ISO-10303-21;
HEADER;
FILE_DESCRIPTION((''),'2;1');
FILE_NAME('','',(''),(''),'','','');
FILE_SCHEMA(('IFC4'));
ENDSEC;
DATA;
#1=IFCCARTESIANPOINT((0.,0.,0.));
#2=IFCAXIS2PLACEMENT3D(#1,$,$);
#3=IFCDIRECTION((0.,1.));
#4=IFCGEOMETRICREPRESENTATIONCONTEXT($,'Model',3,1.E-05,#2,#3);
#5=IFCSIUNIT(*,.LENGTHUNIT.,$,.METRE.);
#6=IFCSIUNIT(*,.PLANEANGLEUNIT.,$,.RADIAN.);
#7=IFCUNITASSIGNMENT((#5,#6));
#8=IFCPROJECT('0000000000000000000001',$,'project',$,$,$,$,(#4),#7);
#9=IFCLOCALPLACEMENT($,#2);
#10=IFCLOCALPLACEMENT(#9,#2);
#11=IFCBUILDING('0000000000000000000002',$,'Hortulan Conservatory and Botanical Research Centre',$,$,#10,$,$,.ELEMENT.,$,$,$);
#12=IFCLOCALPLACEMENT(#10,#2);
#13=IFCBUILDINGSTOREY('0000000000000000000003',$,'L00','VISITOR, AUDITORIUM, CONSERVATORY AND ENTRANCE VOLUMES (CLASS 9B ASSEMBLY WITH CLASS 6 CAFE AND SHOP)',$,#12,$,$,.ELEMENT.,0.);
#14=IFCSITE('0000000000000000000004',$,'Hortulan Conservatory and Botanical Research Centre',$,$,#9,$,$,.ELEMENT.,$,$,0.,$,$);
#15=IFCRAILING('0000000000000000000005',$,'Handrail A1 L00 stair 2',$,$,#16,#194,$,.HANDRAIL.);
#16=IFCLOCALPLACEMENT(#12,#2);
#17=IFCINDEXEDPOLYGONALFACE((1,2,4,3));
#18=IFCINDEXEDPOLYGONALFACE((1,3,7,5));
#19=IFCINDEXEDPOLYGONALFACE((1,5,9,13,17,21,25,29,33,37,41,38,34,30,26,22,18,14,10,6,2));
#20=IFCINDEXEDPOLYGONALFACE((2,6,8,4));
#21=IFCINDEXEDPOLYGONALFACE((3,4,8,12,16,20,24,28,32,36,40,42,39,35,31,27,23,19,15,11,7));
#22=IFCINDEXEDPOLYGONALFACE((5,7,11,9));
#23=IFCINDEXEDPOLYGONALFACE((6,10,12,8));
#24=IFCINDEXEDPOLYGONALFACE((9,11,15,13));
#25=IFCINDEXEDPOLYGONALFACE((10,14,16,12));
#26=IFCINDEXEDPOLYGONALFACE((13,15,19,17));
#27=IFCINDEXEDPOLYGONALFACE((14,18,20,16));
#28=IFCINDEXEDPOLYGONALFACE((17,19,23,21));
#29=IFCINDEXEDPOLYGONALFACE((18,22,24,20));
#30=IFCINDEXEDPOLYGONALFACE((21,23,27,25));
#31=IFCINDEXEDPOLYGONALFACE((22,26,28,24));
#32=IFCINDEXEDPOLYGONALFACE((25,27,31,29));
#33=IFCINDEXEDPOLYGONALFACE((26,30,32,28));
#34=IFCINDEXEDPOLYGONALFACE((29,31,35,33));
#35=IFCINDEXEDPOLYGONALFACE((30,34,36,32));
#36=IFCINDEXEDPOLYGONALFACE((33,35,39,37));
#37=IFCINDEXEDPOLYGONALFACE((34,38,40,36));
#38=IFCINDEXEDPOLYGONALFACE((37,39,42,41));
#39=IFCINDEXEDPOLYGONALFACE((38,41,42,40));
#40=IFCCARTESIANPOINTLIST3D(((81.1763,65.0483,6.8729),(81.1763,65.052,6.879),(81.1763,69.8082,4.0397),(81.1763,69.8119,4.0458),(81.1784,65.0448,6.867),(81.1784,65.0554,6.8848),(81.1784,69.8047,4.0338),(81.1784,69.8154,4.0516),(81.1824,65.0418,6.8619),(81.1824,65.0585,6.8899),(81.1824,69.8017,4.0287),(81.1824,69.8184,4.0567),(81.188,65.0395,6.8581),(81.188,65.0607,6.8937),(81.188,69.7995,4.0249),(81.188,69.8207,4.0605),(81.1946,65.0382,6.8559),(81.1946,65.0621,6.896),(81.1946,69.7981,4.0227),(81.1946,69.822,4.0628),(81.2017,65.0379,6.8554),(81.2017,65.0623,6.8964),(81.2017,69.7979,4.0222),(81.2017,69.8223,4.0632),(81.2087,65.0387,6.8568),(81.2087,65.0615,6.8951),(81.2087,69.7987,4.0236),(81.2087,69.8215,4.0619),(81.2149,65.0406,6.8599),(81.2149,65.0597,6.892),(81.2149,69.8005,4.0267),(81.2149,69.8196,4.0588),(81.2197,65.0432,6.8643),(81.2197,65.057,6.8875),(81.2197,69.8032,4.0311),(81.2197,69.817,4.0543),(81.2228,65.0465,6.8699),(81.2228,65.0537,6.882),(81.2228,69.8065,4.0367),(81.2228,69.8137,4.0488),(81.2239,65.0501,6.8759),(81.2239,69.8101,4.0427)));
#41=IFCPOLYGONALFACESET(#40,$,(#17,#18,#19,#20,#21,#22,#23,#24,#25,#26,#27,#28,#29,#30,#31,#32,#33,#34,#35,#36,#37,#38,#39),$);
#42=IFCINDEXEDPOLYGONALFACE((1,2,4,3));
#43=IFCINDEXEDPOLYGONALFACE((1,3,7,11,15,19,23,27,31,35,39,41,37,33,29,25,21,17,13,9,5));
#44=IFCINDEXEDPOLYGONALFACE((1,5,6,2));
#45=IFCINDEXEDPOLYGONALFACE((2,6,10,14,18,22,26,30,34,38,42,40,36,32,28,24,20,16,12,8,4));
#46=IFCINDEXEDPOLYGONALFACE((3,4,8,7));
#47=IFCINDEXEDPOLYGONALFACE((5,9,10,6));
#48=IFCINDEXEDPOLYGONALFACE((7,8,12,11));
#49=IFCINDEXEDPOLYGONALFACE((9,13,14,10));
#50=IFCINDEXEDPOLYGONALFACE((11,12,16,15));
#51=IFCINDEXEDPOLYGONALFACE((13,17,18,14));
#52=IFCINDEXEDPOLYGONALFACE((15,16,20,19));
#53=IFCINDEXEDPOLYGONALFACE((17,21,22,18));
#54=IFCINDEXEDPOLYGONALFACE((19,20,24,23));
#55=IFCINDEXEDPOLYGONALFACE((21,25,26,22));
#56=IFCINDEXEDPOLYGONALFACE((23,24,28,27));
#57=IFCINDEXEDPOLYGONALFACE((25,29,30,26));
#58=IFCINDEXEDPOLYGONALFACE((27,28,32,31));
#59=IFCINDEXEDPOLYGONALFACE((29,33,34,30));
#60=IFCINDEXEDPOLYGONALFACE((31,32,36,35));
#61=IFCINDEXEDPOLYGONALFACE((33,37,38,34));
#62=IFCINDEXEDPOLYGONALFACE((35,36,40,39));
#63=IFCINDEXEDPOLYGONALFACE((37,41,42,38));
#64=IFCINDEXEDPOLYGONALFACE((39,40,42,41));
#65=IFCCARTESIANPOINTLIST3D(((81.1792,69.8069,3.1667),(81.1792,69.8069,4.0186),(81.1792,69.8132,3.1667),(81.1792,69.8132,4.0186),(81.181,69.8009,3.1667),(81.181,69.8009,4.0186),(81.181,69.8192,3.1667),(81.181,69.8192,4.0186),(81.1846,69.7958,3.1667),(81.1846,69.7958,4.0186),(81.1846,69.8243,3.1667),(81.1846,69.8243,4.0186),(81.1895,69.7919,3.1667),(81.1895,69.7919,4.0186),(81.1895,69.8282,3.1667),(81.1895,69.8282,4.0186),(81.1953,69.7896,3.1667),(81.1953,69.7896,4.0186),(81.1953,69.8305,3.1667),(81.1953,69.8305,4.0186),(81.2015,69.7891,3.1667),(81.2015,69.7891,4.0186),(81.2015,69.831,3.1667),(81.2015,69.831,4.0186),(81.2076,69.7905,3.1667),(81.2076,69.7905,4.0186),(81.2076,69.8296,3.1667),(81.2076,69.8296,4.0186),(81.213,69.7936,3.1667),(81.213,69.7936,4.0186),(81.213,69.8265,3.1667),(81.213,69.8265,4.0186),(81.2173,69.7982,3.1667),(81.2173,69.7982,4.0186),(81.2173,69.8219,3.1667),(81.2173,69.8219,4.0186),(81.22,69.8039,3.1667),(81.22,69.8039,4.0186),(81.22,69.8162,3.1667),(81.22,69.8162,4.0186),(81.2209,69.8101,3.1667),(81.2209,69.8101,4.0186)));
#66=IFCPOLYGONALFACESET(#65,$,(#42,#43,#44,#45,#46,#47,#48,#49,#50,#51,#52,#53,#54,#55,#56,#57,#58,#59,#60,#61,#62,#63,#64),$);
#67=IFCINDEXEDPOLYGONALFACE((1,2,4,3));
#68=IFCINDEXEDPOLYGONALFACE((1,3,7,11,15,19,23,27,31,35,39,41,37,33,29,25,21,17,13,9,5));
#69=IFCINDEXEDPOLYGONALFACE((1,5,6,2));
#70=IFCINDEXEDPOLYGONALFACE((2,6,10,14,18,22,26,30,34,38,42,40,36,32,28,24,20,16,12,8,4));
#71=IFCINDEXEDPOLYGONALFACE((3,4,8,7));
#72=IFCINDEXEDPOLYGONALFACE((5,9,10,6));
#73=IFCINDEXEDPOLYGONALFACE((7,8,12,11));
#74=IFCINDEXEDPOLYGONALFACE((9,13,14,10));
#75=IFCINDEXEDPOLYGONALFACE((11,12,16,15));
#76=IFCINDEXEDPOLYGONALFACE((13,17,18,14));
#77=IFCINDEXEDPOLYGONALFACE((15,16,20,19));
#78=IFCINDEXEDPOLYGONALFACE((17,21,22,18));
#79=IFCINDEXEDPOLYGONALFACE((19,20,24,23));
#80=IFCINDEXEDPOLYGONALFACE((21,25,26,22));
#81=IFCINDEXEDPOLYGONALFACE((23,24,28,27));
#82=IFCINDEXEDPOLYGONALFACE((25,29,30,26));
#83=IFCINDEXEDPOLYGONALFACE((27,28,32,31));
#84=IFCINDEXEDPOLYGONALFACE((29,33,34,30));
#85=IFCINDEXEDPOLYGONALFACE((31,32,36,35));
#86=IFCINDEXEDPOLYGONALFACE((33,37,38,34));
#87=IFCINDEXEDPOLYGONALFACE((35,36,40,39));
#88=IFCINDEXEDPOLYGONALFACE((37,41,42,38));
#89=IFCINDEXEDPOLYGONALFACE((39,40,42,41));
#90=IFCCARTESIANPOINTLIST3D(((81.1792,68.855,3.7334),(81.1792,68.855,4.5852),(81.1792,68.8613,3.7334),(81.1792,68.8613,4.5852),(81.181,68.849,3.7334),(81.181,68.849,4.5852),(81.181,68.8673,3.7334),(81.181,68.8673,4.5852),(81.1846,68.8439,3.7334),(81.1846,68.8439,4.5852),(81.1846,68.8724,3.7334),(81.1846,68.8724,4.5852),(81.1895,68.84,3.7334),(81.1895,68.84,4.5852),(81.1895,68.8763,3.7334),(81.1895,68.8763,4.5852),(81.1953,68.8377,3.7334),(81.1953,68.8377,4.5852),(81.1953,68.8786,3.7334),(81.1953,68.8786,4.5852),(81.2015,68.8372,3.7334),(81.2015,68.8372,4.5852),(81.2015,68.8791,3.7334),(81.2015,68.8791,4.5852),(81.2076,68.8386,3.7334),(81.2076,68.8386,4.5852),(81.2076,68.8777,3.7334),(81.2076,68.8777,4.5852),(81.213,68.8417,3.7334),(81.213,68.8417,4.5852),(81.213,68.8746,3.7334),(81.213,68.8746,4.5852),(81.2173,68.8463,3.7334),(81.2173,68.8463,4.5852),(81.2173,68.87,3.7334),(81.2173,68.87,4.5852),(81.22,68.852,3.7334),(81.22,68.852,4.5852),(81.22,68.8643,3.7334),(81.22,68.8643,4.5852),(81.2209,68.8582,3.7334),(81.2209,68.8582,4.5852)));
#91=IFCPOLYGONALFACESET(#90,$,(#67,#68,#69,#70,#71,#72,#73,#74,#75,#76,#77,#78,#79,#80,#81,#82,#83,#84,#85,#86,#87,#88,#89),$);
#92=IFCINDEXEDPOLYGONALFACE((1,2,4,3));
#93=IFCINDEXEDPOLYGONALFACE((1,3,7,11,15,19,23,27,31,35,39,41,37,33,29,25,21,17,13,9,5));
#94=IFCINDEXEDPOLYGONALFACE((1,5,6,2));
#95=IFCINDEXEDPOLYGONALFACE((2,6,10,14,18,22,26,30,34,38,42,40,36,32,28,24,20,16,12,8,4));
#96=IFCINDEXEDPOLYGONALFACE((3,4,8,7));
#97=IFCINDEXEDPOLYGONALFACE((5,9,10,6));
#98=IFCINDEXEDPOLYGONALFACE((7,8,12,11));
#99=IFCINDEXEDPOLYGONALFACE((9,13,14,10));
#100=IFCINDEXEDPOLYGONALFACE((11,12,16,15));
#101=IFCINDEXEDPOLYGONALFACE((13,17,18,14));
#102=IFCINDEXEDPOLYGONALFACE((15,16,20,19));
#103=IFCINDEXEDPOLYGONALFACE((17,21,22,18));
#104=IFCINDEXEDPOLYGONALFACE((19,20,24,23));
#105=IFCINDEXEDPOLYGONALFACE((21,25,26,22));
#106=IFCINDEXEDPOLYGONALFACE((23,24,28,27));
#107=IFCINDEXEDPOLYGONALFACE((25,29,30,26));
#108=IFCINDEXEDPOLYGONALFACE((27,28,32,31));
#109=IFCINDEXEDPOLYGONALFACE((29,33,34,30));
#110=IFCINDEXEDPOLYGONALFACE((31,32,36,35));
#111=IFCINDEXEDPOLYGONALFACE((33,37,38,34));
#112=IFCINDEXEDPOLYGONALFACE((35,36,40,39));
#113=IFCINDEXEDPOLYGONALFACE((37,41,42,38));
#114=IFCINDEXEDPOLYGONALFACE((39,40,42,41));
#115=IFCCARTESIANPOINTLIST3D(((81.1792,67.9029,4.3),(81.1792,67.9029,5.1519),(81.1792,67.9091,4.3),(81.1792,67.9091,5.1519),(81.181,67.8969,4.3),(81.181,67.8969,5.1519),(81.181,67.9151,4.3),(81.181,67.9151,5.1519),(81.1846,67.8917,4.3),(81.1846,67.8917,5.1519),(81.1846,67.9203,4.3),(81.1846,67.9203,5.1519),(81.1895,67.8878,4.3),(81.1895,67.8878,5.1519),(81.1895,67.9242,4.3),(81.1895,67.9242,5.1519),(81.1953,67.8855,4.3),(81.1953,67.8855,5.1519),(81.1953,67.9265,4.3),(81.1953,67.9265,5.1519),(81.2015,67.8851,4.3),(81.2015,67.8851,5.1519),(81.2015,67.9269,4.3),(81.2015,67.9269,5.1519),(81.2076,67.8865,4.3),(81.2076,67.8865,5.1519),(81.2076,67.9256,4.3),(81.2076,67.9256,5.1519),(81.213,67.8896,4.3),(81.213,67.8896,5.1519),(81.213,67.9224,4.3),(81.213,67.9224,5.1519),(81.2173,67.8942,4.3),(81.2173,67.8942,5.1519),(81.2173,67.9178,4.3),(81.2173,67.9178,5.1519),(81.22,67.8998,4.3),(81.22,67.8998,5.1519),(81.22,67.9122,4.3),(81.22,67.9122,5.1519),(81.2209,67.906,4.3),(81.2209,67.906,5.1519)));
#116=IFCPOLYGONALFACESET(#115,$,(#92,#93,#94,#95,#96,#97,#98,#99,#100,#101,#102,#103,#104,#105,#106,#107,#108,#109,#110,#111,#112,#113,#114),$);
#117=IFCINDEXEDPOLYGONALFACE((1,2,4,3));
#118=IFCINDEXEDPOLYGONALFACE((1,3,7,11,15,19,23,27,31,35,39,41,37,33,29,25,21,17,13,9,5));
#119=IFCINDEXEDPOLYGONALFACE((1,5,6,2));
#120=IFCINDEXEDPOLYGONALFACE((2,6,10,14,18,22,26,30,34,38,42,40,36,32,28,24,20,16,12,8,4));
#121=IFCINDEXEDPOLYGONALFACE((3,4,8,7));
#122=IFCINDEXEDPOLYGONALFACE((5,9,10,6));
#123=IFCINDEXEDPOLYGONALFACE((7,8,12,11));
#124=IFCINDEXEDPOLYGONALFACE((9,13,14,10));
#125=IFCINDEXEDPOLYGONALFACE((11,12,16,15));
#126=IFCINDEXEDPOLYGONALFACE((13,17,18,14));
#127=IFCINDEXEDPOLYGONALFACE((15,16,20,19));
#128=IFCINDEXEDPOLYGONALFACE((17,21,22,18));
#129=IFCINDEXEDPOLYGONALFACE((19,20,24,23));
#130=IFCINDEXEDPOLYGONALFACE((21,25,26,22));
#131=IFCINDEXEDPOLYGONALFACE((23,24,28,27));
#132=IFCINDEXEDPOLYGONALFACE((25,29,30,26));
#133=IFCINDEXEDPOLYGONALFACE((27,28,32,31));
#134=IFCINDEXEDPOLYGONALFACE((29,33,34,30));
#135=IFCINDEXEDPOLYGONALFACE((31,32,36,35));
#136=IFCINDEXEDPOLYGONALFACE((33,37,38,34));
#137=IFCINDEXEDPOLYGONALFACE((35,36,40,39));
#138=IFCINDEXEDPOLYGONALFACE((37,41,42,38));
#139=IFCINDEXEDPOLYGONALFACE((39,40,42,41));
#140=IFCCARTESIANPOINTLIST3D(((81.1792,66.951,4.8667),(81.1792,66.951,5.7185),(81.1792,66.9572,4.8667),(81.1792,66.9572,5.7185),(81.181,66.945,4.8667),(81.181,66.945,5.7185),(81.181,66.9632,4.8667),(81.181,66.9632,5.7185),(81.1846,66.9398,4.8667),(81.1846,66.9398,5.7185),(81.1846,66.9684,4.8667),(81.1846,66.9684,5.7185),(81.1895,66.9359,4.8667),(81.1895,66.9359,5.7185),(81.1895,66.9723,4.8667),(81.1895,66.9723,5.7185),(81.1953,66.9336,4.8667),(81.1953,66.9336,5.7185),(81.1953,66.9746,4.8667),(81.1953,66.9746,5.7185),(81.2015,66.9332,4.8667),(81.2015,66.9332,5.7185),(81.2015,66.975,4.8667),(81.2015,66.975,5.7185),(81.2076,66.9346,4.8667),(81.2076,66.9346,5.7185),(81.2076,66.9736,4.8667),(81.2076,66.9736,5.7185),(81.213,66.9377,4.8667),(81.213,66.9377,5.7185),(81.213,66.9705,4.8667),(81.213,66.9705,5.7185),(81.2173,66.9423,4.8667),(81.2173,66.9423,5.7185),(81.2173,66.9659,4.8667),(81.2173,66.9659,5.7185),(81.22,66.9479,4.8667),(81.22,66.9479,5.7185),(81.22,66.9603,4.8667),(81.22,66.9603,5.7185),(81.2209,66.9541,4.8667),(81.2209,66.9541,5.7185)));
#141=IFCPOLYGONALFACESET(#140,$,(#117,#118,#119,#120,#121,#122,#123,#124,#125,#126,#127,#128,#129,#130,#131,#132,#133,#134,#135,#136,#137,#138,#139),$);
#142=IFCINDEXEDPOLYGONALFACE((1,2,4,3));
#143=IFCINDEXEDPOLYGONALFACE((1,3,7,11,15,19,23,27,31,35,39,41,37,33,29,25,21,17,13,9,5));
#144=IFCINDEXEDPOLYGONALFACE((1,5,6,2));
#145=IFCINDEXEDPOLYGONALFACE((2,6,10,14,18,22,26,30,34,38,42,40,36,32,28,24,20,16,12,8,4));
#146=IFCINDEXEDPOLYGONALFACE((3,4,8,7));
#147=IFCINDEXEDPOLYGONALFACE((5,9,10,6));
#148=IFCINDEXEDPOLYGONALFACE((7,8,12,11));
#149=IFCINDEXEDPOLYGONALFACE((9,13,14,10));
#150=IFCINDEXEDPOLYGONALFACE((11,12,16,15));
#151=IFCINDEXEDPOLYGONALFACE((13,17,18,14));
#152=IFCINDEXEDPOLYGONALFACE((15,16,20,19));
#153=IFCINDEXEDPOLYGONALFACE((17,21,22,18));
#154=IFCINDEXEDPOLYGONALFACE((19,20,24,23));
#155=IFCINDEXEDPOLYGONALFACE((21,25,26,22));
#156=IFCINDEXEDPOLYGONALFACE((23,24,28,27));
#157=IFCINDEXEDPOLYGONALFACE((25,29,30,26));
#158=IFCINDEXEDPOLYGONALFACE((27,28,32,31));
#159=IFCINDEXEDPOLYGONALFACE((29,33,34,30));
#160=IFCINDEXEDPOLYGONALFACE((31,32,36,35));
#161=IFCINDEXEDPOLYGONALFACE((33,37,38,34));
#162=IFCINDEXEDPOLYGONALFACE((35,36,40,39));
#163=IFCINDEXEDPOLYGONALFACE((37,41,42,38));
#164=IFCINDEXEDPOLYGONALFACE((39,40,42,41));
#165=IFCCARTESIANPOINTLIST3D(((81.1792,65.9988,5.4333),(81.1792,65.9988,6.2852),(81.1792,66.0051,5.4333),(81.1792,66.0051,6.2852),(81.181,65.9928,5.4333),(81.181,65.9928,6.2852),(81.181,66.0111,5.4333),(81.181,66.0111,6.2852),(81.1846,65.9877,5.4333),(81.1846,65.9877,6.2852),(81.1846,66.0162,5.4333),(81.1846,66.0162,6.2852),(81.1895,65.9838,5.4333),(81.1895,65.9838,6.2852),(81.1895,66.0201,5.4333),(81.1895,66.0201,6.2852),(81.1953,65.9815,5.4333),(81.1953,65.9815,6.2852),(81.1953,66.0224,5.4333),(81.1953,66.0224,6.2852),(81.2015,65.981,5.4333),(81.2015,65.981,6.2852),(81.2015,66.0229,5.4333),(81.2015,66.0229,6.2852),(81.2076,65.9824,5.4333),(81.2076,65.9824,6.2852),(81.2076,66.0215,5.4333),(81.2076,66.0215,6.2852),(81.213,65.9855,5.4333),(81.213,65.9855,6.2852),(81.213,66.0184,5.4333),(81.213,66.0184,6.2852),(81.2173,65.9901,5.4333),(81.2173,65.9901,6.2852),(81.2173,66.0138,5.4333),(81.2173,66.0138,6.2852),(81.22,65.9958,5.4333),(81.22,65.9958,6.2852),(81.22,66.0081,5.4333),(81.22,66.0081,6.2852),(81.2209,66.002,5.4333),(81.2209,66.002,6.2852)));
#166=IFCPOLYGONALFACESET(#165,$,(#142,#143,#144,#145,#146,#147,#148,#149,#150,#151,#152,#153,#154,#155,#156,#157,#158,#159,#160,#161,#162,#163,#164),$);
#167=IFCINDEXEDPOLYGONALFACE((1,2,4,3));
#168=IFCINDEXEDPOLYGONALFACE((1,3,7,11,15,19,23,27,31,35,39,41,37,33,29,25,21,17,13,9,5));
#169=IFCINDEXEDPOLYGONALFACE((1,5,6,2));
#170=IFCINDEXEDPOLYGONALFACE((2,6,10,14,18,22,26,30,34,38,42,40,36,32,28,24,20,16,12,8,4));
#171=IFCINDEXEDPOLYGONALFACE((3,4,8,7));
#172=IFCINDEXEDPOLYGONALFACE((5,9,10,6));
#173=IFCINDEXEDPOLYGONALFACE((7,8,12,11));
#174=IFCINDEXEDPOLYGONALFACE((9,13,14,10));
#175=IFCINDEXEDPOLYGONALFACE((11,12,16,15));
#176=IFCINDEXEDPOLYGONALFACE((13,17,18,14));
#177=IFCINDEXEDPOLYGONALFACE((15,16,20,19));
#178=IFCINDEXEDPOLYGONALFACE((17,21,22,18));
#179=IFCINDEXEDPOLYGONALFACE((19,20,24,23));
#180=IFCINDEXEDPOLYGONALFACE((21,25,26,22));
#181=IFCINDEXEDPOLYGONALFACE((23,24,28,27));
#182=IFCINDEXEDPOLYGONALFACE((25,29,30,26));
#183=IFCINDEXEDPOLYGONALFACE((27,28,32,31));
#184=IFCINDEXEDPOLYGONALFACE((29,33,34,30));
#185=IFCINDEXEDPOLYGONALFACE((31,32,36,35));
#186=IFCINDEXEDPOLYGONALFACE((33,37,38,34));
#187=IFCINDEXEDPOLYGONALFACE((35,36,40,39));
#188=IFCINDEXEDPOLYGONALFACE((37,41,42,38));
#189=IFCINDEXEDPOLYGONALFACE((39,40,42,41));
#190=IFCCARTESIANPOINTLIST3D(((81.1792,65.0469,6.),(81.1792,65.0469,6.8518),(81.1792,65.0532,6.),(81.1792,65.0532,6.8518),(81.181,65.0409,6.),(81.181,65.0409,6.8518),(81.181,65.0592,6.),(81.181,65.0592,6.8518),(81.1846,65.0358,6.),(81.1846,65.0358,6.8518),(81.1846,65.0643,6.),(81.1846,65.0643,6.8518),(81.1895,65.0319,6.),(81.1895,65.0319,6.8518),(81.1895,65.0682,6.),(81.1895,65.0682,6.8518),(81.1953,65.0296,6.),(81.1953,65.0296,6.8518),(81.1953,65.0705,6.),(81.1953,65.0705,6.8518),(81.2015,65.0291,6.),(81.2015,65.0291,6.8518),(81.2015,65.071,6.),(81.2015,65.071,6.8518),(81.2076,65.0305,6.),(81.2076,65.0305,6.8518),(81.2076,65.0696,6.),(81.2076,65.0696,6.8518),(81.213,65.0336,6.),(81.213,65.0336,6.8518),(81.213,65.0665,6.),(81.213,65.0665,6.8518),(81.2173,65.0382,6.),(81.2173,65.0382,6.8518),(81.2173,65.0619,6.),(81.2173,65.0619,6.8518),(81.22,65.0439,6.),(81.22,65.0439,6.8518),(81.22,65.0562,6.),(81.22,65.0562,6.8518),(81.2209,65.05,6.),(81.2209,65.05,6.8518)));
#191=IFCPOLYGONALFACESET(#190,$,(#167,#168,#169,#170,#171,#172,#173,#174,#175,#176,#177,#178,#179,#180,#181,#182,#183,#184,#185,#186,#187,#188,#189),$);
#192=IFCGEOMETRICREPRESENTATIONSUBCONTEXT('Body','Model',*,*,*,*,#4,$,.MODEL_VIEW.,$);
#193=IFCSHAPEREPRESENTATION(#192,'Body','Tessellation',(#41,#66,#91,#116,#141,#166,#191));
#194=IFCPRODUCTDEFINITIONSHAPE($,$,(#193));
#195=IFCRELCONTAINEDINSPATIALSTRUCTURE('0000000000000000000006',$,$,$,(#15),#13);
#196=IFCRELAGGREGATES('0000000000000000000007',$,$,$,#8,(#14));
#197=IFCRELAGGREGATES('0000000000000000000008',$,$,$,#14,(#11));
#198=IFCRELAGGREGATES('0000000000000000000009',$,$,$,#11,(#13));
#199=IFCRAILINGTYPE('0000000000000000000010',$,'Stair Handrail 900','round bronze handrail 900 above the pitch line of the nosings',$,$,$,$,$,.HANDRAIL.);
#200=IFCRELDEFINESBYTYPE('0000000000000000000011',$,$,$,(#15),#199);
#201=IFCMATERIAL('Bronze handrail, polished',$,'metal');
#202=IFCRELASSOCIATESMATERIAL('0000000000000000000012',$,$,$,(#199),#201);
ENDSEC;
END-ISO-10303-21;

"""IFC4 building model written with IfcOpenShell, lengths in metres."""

from ifc_helpers import new_model, si_unit, direction, frame, origin, origin_2d, place, context, subcontext, project, spatial, circle, extrude, material, type_object, element, save


model = new_model("IFC4")

# Units and contexts
model_context = context("Model", 3, precision=1e-05, world=origin(), true_north=direction((0.0, 1.0)))
body_context = subcontext(model_context, "Body", "Model", "MODEL_VIEW")
ifc_project = project(units=[si_unit("LENGTHUNIT", "METRE"), si_unit("PLANEANGLEUNIT", "RADIAN")], contexts=[model_context])

# Site, building, storey
site_placement = place(None, origin())
site = spatial("IfcSite", under=ifc_project, at=site_placement, Name="Hortulan Conservatory and Botanical Research Centre", CompositionType="ELEMENT", RefElevation=0.0)
building_placement = place(site_placement, origin())
building = spatial("IfcBuilding", under=site, at=building_placement, Name="Hortulan Conservatory and Botanical Research Centre", CompositionType="ELEMENT")
storey_placement = place(building_placement, origin())
storey = spatial("IfcBuildingStorey", under=building, at=storey_placement, Name="L00", Description="VISITOR, AUDITORIUM, CONSERVATORY AND ENTRANCE VOLUMES (CLASS 9B ASSEMBLY WITH CLASS 6 CAFE AND SHOP)", CompositionType="ELEMENT", Elevation=0.0)

# Railing
ifc_material_1 = material(Name="Bronze handrail, polished", Category="metal")
railing_type_1 = type_object("IfcRailingType", Name="Stair Handrail 900", Description="round bronze handrail 900 above the pitch line of the nosings", PredefinedType="HANDRAIL", material=ifc_material_1)
for number, where, name in (
    (1, (81.2, 69.8101, 3.1667), "Handrail A1 L00 stair 2"),
):
    element("IfcRailing", number, at=place(storey_placement, frame(where)), inside=storey, type_object=railing_type_1, Name=name, PredefinedType="HANDRAIL", context=body_context, shape_type="SweptSolid", body=[
        extrude(circle(Radius=0.0239, at=origin_2d()), frame((0.0, 0.0, 0.876), z_axis=(0.0, -0.8593, 0.511472), x_axis=(1.0, 0.0, 0.0)), (0.0, 0.0, 1.0), 5.5393),
        extrude(circle(Radius=0.021, at=origin_2d()), origin(), (0.0, 0.0, 1.0), 0.8518),
        extrude(circle(Radius=0.021, at=origin_2d()), frame((0.0, -0.9519, 0.5667)), (0.0, 0.0, 1.0), 0.8518),
        extrude(circle(Radius=0.021, at=origin_2d()), frame((0.0, -1.9041, 1.1333)), (0.0, 0.0, 1.0), 0.8518),
        extrude(circle(Radius=0.021, at=origin_2d()), frame((0.0, -2.856, 1.7)), (0.0, 0.0, 1.0), 0.8518),
        extrude(circle(Radius=0.021, at=origin_2d()), frame((0.0, -3.8081, 2.2666)), (0.0, 0.0, 1.0), 0.8518),
        extrude(circle(Radius=0.021, at=origin_2d()), frame((0.0, -4.76, 2.8333)), (0.0, 0.0, 1.0), 0.8518),
    ])

save(model, "model.ifc")
